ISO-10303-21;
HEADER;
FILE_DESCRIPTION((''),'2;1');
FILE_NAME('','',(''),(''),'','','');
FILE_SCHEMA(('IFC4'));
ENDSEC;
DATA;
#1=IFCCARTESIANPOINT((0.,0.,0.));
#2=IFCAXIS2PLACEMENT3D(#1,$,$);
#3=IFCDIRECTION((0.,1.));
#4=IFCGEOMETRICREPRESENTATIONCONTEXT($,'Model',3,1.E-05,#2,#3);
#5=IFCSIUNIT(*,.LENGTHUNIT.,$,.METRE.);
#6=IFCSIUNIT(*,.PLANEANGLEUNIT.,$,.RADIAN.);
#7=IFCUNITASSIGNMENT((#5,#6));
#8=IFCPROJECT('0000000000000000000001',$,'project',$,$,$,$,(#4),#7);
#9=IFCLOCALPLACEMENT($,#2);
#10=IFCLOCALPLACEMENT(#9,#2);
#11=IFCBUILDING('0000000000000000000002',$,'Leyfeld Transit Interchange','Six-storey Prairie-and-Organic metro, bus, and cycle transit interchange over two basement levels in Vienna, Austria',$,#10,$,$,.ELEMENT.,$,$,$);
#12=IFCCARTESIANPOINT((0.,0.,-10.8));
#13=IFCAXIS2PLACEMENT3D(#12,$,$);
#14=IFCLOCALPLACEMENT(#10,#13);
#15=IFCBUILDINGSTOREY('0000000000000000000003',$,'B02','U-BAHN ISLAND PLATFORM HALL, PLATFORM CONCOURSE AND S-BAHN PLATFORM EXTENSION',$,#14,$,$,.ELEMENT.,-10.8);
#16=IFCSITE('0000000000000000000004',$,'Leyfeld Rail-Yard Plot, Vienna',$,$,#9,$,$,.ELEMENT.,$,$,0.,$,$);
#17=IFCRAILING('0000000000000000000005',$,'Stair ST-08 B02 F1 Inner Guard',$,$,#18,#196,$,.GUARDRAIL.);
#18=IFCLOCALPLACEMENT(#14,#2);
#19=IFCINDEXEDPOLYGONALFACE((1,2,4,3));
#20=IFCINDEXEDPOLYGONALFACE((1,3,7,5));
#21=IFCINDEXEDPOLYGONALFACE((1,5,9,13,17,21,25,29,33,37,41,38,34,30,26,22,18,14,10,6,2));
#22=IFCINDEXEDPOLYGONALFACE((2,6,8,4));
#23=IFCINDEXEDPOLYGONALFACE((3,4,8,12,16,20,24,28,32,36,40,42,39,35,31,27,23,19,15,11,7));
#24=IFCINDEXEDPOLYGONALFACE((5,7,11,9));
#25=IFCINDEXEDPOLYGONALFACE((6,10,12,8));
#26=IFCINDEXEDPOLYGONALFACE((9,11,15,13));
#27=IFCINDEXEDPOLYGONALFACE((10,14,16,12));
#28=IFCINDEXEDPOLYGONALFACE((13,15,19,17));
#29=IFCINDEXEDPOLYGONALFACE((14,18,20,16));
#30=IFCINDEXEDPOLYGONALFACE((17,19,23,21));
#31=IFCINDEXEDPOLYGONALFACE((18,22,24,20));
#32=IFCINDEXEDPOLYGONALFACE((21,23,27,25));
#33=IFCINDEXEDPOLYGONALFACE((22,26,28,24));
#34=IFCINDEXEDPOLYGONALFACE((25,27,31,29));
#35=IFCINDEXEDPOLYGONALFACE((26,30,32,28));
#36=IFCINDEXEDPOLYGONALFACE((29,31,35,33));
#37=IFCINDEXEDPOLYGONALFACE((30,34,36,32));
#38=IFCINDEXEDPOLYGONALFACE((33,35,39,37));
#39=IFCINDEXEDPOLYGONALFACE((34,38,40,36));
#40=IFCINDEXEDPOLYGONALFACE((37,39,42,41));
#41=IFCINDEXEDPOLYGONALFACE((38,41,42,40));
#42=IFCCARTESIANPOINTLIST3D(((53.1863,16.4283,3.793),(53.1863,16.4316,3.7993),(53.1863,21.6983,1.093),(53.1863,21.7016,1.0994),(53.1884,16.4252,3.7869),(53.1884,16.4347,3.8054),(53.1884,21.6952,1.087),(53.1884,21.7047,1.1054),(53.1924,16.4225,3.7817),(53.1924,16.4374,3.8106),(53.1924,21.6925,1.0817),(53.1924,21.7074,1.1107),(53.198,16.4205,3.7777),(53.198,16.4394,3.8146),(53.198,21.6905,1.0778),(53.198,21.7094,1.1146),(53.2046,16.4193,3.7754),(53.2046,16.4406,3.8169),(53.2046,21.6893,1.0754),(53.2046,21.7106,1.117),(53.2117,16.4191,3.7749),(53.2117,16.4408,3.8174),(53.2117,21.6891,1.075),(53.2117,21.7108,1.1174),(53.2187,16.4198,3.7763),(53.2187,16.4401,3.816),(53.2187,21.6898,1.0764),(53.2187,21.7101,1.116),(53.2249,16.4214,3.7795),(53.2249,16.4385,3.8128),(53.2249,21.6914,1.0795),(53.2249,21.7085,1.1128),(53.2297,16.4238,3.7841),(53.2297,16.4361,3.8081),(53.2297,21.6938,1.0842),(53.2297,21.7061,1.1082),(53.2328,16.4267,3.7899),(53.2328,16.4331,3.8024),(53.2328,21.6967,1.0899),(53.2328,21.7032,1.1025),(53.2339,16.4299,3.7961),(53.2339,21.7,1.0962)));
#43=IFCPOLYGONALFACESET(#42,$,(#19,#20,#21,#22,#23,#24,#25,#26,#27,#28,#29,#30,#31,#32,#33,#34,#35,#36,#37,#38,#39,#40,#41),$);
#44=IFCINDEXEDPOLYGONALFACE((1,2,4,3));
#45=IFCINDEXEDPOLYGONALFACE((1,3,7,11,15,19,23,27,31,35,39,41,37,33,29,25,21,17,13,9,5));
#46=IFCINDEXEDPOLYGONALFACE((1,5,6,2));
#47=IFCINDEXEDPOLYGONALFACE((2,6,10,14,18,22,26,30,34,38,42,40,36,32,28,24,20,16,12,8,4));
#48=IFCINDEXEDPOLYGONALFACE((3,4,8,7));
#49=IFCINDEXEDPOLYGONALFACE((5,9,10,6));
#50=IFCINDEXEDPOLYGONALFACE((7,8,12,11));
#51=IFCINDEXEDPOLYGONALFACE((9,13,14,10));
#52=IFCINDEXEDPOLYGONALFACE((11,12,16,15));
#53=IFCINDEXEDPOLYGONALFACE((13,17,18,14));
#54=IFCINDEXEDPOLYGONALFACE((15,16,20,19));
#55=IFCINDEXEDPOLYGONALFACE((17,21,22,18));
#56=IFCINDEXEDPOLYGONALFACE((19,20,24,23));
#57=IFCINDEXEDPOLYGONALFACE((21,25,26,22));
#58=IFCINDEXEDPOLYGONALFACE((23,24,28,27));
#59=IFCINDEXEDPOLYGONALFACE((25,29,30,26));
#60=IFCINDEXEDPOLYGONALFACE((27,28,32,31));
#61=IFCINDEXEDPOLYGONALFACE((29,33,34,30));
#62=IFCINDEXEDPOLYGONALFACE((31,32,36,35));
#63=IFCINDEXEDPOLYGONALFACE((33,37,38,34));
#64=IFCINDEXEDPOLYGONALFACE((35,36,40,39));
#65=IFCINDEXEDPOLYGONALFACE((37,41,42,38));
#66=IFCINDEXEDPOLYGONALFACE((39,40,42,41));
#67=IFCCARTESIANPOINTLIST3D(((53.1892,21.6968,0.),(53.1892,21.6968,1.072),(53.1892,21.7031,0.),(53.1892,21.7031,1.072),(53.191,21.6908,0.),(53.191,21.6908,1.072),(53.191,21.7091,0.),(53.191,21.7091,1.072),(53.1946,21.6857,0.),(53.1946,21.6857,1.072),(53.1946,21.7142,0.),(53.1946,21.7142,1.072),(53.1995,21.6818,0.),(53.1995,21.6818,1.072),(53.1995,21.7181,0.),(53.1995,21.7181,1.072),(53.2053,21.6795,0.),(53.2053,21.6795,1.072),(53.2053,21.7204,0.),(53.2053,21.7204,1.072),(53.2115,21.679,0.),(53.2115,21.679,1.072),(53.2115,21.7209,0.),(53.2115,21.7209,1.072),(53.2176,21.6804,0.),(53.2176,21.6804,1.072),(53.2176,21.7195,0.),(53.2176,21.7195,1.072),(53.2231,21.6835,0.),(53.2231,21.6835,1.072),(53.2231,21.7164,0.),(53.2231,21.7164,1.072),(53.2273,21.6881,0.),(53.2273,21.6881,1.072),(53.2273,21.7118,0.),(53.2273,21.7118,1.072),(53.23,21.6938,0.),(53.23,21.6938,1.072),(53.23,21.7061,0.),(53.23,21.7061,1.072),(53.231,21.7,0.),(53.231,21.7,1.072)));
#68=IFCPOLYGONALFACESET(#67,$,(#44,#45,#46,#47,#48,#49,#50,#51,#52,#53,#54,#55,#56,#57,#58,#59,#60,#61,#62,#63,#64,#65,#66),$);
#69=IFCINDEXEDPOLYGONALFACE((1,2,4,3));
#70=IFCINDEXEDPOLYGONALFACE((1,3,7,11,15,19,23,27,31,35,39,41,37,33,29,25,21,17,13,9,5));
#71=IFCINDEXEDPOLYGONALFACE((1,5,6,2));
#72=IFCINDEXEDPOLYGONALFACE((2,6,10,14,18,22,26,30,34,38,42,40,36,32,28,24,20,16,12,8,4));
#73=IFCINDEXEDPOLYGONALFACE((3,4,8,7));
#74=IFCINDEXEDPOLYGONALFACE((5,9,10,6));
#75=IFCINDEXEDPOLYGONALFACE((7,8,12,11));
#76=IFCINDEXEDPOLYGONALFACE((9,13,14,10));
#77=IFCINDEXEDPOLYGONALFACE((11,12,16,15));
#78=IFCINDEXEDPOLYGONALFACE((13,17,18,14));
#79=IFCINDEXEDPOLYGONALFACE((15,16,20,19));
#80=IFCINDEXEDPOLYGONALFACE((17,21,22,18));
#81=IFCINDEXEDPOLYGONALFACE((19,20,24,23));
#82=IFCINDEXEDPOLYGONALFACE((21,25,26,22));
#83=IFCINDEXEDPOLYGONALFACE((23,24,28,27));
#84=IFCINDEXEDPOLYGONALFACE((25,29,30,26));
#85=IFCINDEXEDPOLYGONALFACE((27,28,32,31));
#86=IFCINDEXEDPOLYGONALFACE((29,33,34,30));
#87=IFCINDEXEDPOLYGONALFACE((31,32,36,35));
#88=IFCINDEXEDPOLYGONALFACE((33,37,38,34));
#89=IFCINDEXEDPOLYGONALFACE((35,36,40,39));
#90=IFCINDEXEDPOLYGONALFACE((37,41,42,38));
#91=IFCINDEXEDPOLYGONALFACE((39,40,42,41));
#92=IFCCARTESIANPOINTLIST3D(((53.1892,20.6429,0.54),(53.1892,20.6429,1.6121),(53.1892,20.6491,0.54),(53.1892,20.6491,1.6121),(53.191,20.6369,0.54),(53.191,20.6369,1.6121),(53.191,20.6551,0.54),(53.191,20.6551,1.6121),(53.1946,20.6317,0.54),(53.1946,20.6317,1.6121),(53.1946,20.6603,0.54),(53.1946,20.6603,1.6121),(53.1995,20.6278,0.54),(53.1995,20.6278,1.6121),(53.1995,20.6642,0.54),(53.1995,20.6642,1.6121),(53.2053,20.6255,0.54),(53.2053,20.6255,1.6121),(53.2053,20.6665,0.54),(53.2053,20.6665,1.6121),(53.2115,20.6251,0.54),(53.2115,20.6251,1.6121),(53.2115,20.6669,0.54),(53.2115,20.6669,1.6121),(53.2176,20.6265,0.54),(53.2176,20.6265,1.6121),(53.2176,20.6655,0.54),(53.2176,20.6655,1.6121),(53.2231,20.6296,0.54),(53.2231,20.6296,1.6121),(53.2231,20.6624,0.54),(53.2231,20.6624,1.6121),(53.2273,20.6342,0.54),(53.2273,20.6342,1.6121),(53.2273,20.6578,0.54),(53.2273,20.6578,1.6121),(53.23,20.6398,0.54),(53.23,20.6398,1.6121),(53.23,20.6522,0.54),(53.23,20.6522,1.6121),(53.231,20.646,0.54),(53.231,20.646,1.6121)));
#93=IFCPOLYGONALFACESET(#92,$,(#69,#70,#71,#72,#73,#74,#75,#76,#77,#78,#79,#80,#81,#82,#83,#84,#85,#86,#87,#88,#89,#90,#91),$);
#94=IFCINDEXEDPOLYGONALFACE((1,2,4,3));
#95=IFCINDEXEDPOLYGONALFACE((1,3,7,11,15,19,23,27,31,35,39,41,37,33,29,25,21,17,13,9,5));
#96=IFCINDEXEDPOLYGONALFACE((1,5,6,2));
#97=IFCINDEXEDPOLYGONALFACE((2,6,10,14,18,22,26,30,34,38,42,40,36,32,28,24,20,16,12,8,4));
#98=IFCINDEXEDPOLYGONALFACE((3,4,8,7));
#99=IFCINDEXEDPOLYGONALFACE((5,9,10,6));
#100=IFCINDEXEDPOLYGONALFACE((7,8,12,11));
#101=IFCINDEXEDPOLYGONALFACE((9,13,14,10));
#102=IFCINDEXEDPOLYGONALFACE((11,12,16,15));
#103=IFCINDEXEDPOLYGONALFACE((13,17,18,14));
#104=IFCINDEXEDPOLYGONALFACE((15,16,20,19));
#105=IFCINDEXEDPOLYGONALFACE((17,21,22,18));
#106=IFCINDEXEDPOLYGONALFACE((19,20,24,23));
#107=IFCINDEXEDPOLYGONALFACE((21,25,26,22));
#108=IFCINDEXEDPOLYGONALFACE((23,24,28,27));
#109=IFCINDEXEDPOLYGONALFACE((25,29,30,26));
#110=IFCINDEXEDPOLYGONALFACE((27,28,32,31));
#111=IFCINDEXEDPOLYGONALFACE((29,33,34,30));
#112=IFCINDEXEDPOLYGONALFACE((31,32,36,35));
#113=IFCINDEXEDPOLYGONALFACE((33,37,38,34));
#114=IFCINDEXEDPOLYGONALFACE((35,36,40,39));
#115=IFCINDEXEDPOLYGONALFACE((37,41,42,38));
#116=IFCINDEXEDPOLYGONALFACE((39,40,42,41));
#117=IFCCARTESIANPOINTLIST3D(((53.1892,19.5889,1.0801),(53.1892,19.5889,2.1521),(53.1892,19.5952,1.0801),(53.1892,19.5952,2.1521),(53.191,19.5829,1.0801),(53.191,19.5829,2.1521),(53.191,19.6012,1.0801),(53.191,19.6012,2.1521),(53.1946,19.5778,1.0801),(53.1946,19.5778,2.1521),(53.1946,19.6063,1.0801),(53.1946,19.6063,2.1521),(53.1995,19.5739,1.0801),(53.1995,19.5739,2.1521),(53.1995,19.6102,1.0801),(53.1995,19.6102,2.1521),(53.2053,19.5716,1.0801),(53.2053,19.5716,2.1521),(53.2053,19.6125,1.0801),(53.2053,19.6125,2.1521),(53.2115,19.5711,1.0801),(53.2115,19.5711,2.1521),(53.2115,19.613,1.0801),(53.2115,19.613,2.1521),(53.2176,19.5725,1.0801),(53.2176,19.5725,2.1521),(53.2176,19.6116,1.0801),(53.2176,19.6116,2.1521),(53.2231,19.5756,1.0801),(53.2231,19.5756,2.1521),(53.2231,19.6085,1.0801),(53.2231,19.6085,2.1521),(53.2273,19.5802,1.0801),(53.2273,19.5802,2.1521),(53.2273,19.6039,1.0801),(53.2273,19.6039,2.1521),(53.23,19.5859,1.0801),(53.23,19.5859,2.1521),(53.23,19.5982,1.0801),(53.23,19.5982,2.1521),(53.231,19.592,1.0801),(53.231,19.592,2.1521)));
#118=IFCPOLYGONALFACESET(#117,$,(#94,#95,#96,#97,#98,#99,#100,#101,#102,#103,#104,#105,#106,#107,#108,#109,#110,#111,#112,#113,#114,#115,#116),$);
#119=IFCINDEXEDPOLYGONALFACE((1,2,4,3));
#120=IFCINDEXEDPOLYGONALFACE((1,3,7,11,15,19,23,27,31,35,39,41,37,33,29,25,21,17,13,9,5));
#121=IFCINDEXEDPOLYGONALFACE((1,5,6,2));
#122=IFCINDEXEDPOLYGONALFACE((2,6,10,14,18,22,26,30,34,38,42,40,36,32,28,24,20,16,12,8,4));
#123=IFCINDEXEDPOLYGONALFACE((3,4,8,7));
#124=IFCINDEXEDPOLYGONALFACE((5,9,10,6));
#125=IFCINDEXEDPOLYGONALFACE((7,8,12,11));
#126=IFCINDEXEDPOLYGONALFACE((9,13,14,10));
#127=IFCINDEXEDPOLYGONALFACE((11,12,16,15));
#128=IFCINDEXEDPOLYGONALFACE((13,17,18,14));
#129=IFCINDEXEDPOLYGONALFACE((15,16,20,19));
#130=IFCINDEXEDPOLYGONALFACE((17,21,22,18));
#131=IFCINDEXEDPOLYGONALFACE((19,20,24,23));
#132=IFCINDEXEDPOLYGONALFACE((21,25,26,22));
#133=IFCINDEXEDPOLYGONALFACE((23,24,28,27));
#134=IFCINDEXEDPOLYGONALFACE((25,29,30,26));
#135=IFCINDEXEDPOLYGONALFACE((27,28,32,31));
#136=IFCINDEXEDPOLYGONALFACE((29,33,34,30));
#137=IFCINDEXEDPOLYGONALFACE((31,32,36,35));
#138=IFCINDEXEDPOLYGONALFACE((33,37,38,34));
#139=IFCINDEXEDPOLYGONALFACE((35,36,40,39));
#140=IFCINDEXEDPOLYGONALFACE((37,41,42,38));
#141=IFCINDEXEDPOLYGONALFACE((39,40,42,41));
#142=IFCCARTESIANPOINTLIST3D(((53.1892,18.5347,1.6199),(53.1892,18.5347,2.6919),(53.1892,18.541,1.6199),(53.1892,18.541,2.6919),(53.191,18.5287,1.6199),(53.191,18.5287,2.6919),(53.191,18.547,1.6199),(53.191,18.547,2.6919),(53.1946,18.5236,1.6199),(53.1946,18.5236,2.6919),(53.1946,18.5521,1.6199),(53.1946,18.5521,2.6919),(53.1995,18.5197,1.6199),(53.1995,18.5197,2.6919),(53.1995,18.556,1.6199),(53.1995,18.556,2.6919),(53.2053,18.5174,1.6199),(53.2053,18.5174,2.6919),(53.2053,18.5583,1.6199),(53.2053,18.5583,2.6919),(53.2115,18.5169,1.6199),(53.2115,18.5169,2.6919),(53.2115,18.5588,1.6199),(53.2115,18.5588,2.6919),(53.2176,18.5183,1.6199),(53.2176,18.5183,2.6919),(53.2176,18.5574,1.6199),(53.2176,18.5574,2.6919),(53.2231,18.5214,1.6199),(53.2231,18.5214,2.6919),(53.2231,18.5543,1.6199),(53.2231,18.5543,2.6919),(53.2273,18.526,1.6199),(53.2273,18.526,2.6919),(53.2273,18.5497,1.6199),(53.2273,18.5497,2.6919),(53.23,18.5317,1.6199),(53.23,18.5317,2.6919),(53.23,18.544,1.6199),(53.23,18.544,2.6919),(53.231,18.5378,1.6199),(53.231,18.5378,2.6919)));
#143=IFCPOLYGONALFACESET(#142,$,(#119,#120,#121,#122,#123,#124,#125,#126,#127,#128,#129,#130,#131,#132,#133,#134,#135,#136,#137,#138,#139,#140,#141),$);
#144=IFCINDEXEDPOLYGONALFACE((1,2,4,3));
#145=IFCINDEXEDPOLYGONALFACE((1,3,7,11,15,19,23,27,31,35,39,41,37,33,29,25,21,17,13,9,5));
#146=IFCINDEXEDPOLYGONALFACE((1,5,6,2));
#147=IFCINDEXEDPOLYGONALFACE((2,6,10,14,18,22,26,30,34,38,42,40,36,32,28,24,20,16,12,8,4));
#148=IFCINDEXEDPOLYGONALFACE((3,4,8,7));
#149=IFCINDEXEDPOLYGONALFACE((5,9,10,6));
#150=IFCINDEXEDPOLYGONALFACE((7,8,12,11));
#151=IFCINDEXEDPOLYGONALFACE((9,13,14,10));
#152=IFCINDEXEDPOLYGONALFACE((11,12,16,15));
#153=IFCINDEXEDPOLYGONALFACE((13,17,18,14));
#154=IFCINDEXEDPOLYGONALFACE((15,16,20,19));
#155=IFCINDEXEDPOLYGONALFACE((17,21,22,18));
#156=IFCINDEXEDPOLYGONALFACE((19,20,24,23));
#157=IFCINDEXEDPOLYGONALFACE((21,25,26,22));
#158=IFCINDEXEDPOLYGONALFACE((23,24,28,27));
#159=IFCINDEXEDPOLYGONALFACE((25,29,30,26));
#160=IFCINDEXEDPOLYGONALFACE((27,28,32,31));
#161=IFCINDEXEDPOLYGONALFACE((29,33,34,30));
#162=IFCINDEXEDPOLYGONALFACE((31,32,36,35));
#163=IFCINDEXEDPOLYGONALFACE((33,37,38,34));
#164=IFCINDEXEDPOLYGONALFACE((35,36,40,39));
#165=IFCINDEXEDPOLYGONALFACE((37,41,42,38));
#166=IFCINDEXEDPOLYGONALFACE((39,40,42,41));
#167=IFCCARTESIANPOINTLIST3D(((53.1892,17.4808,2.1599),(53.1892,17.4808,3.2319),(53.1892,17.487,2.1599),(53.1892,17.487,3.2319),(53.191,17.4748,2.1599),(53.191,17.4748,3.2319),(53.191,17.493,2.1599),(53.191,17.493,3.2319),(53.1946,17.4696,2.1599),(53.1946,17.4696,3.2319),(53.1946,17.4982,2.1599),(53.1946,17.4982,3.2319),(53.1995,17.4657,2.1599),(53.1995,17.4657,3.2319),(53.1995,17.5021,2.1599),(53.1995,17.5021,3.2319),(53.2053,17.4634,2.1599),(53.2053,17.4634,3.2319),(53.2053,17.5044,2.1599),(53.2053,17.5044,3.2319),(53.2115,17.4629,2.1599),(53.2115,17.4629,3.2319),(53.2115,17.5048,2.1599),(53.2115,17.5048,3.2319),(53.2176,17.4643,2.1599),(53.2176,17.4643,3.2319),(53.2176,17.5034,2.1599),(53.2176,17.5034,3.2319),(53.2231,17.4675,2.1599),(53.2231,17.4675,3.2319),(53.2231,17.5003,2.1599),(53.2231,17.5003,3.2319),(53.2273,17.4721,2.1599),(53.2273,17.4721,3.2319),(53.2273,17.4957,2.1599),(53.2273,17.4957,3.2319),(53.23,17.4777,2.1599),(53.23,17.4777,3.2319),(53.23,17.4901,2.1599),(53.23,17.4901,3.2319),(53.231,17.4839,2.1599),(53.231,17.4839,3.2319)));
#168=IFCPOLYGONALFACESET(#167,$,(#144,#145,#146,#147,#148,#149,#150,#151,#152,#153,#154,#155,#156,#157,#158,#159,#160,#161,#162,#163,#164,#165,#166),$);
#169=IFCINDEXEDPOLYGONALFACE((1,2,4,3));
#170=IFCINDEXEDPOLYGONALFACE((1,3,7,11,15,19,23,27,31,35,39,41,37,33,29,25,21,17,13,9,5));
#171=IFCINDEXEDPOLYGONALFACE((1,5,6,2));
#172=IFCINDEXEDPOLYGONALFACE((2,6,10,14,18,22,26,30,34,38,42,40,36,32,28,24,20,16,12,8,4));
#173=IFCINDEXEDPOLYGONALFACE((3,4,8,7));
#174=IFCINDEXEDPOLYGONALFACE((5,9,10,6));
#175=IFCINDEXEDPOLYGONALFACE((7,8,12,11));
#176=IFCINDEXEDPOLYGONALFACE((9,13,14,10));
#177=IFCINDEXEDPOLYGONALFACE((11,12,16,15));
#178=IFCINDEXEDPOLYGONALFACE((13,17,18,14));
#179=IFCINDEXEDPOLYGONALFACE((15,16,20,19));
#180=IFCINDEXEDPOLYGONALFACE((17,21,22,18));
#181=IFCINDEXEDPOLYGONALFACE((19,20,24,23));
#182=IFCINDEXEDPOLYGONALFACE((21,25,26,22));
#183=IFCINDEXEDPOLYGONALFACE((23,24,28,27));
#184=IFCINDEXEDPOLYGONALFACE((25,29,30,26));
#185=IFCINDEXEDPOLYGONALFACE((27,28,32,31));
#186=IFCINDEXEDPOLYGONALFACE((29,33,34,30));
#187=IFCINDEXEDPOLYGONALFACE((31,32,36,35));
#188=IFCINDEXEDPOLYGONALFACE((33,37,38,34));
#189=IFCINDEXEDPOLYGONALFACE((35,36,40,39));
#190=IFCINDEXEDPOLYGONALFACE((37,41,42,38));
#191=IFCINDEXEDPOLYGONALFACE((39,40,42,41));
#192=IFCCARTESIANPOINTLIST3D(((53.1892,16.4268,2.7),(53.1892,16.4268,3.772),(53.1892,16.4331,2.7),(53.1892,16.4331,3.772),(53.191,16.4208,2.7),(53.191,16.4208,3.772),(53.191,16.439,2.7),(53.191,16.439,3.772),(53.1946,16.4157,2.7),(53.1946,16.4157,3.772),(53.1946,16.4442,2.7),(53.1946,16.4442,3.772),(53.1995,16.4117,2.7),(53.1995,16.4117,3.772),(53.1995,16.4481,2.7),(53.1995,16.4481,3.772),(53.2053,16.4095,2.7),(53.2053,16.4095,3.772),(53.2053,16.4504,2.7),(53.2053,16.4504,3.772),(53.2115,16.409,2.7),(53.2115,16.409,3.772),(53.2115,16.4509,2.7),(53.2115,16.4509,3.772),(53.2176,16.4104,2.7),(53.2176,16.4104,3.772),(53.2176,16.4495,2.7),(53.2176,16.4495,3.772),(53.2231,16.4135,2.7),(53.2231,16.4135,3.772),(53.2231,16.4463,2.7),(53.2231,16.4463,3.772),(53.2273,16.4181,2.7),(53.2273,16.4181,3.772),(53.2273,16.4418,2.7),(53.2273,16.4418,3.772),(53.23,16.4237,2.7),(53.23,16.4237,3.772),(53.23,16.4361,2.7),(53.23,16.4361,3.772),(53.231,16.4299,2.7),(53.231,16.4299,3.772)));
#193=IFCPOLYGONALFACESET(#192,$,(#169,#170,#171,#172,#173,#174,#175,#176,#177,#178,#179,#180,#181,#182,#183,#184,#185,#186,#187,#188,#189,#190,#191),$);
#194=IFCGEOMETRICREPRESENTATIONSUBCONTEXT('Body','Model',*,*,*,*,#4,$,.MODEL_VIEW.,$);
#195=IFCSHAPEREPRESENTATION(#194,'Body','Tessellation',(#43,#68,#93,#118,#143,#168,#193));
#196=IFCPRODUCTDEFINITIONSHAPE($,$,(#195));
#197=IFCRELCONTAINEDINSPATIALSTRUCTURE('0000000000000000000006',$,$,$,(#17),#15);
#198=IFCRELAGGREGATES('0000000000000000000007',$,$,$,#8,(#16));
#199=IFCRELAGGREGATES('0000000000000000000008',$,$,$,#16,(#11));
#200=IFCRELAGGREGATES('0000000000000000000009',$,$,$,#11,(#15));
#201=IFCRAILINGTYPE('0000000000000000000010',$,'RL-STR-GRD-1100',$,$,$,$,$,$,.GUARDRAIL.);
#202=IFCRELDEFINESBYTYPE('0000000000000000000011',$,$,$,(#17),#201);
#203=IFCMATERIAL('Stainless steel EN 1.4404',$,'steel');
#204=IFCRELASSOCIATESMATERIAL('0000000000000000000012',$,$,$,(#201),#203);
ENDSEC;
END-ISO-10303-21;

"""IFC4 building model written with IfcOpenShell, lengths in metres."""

from ifc_helpers import new_model, si_unit, direction, frame, origin, origin_2d, place, context, subcontext, project, spatial, circle, extrude, material, type_object, element, save


model = new_model("IFC4")

# Units and contexts
model_context = context("Model", 3, precision=1e-05, world=origin(), true_north=direction((0.0, 1.0)))
body_context = subcontext(model_context, "Body", "Model", "MODEL_VIEW")
ifc_project = project(units=[si_unit("LENGTHUNIT", "METRE"), si_unit("PLANEANGLEUNIT", "RADIAN")], contexts=[model_context])

# Site, building, storey
site_placement = place(None, origin())
site = spatial("IfcSite", under=ifc_project, at=site_placement, Name="Leyfeld Rail-Yard Plot, Vienna", CompositionType="ELEMENT", RefElevation=0.0)
building_placement = place(site_placement, origin())
building = spatial("IfcBuilding", under=site, at=building_placement, Name="Leyfeld Transit Interchange", Description="Six-storey Prairie-and-Organic metro, bus, and cycle transit interchange over two basement levels in Vienna, Austria", CompositionType="ELEMENT")
storey_placement = place(building_placement, frame((0.0, 0.0, -10.8)))
storey = spatial("IfcBuildingStorey", under=building, at=storey_placement, Name="B02", Description="U-BAHN ISLAND PLATFORM HALL, PLATFORM CONCOURSE AND S-BAHN PLATFORM EXTENSION", CompositionType="ELEMENT", Elevation=-10.8)

# Railing
ifc_material_1 = material(Name="Stainless steel EN 1.4404", Category="steel")
railing_type_1 = type_object("IfcRailingType", Name="RL-STR-GRD-1100", PredefinedType="GUARDRAIL", material=ifc_material_1)
for number, where, name in (
    (1, (53.21, 21.7, 0.0), "Stair ST-08 B02 F1 Inner Guard"),
):
    element("IfcRailing", number, at=place(storey_placement, frame(where)), inside=storey, type_object=railing_type_1, Name=name, PredefinedType="GUARDRAIL", context=body_context, shape_type="SweptSolid", body=[
        extrude(circle(Radius=0.0239, at=origin_2d()), frame((0.0, 0.0, 1.0962), z_axis=(0.0, -0.889997, 0.455966), x_axis=(1.0, 0.0, 0.0)), (0.0, 0.0, 1.0), 5.9214),
        extrude(circle(Radius=0.021, at=origin_2d()), origin(), (0.0, 0.0, 1.0), 1.072),
        extrude(circle(Radius=0.021, at=origin_2d()), frame((0.0, -1.054, 0.54)), (0.0, 0.0, 1.0), 1.072),
        extrude(circle(Radius=0.021, at=origin_2d()), frame((0.0, -2.1079, 1.0801)), (0.0, 0.0, 1.0), 1.072),
        extrude(circle(Radius=0.021, at=origin_2d()), frame((0.0, -3.1621, 1.6199)), (0.0, 0.0, 1.0), 1.072),
        extrude(circle(Radius=0.021, at=origin_2d()), frame((0.0, -4.2161, 2.1599)), (0.0, 0.0, 1.0), 1.072),
        extrude(circle(Radius=0.021, at=origin_2d()), frame((0.0, -5.27, 2.7)), (0.0, 0.0, 1.0), 1.072),
    ])

save(model, "model.ifc")
